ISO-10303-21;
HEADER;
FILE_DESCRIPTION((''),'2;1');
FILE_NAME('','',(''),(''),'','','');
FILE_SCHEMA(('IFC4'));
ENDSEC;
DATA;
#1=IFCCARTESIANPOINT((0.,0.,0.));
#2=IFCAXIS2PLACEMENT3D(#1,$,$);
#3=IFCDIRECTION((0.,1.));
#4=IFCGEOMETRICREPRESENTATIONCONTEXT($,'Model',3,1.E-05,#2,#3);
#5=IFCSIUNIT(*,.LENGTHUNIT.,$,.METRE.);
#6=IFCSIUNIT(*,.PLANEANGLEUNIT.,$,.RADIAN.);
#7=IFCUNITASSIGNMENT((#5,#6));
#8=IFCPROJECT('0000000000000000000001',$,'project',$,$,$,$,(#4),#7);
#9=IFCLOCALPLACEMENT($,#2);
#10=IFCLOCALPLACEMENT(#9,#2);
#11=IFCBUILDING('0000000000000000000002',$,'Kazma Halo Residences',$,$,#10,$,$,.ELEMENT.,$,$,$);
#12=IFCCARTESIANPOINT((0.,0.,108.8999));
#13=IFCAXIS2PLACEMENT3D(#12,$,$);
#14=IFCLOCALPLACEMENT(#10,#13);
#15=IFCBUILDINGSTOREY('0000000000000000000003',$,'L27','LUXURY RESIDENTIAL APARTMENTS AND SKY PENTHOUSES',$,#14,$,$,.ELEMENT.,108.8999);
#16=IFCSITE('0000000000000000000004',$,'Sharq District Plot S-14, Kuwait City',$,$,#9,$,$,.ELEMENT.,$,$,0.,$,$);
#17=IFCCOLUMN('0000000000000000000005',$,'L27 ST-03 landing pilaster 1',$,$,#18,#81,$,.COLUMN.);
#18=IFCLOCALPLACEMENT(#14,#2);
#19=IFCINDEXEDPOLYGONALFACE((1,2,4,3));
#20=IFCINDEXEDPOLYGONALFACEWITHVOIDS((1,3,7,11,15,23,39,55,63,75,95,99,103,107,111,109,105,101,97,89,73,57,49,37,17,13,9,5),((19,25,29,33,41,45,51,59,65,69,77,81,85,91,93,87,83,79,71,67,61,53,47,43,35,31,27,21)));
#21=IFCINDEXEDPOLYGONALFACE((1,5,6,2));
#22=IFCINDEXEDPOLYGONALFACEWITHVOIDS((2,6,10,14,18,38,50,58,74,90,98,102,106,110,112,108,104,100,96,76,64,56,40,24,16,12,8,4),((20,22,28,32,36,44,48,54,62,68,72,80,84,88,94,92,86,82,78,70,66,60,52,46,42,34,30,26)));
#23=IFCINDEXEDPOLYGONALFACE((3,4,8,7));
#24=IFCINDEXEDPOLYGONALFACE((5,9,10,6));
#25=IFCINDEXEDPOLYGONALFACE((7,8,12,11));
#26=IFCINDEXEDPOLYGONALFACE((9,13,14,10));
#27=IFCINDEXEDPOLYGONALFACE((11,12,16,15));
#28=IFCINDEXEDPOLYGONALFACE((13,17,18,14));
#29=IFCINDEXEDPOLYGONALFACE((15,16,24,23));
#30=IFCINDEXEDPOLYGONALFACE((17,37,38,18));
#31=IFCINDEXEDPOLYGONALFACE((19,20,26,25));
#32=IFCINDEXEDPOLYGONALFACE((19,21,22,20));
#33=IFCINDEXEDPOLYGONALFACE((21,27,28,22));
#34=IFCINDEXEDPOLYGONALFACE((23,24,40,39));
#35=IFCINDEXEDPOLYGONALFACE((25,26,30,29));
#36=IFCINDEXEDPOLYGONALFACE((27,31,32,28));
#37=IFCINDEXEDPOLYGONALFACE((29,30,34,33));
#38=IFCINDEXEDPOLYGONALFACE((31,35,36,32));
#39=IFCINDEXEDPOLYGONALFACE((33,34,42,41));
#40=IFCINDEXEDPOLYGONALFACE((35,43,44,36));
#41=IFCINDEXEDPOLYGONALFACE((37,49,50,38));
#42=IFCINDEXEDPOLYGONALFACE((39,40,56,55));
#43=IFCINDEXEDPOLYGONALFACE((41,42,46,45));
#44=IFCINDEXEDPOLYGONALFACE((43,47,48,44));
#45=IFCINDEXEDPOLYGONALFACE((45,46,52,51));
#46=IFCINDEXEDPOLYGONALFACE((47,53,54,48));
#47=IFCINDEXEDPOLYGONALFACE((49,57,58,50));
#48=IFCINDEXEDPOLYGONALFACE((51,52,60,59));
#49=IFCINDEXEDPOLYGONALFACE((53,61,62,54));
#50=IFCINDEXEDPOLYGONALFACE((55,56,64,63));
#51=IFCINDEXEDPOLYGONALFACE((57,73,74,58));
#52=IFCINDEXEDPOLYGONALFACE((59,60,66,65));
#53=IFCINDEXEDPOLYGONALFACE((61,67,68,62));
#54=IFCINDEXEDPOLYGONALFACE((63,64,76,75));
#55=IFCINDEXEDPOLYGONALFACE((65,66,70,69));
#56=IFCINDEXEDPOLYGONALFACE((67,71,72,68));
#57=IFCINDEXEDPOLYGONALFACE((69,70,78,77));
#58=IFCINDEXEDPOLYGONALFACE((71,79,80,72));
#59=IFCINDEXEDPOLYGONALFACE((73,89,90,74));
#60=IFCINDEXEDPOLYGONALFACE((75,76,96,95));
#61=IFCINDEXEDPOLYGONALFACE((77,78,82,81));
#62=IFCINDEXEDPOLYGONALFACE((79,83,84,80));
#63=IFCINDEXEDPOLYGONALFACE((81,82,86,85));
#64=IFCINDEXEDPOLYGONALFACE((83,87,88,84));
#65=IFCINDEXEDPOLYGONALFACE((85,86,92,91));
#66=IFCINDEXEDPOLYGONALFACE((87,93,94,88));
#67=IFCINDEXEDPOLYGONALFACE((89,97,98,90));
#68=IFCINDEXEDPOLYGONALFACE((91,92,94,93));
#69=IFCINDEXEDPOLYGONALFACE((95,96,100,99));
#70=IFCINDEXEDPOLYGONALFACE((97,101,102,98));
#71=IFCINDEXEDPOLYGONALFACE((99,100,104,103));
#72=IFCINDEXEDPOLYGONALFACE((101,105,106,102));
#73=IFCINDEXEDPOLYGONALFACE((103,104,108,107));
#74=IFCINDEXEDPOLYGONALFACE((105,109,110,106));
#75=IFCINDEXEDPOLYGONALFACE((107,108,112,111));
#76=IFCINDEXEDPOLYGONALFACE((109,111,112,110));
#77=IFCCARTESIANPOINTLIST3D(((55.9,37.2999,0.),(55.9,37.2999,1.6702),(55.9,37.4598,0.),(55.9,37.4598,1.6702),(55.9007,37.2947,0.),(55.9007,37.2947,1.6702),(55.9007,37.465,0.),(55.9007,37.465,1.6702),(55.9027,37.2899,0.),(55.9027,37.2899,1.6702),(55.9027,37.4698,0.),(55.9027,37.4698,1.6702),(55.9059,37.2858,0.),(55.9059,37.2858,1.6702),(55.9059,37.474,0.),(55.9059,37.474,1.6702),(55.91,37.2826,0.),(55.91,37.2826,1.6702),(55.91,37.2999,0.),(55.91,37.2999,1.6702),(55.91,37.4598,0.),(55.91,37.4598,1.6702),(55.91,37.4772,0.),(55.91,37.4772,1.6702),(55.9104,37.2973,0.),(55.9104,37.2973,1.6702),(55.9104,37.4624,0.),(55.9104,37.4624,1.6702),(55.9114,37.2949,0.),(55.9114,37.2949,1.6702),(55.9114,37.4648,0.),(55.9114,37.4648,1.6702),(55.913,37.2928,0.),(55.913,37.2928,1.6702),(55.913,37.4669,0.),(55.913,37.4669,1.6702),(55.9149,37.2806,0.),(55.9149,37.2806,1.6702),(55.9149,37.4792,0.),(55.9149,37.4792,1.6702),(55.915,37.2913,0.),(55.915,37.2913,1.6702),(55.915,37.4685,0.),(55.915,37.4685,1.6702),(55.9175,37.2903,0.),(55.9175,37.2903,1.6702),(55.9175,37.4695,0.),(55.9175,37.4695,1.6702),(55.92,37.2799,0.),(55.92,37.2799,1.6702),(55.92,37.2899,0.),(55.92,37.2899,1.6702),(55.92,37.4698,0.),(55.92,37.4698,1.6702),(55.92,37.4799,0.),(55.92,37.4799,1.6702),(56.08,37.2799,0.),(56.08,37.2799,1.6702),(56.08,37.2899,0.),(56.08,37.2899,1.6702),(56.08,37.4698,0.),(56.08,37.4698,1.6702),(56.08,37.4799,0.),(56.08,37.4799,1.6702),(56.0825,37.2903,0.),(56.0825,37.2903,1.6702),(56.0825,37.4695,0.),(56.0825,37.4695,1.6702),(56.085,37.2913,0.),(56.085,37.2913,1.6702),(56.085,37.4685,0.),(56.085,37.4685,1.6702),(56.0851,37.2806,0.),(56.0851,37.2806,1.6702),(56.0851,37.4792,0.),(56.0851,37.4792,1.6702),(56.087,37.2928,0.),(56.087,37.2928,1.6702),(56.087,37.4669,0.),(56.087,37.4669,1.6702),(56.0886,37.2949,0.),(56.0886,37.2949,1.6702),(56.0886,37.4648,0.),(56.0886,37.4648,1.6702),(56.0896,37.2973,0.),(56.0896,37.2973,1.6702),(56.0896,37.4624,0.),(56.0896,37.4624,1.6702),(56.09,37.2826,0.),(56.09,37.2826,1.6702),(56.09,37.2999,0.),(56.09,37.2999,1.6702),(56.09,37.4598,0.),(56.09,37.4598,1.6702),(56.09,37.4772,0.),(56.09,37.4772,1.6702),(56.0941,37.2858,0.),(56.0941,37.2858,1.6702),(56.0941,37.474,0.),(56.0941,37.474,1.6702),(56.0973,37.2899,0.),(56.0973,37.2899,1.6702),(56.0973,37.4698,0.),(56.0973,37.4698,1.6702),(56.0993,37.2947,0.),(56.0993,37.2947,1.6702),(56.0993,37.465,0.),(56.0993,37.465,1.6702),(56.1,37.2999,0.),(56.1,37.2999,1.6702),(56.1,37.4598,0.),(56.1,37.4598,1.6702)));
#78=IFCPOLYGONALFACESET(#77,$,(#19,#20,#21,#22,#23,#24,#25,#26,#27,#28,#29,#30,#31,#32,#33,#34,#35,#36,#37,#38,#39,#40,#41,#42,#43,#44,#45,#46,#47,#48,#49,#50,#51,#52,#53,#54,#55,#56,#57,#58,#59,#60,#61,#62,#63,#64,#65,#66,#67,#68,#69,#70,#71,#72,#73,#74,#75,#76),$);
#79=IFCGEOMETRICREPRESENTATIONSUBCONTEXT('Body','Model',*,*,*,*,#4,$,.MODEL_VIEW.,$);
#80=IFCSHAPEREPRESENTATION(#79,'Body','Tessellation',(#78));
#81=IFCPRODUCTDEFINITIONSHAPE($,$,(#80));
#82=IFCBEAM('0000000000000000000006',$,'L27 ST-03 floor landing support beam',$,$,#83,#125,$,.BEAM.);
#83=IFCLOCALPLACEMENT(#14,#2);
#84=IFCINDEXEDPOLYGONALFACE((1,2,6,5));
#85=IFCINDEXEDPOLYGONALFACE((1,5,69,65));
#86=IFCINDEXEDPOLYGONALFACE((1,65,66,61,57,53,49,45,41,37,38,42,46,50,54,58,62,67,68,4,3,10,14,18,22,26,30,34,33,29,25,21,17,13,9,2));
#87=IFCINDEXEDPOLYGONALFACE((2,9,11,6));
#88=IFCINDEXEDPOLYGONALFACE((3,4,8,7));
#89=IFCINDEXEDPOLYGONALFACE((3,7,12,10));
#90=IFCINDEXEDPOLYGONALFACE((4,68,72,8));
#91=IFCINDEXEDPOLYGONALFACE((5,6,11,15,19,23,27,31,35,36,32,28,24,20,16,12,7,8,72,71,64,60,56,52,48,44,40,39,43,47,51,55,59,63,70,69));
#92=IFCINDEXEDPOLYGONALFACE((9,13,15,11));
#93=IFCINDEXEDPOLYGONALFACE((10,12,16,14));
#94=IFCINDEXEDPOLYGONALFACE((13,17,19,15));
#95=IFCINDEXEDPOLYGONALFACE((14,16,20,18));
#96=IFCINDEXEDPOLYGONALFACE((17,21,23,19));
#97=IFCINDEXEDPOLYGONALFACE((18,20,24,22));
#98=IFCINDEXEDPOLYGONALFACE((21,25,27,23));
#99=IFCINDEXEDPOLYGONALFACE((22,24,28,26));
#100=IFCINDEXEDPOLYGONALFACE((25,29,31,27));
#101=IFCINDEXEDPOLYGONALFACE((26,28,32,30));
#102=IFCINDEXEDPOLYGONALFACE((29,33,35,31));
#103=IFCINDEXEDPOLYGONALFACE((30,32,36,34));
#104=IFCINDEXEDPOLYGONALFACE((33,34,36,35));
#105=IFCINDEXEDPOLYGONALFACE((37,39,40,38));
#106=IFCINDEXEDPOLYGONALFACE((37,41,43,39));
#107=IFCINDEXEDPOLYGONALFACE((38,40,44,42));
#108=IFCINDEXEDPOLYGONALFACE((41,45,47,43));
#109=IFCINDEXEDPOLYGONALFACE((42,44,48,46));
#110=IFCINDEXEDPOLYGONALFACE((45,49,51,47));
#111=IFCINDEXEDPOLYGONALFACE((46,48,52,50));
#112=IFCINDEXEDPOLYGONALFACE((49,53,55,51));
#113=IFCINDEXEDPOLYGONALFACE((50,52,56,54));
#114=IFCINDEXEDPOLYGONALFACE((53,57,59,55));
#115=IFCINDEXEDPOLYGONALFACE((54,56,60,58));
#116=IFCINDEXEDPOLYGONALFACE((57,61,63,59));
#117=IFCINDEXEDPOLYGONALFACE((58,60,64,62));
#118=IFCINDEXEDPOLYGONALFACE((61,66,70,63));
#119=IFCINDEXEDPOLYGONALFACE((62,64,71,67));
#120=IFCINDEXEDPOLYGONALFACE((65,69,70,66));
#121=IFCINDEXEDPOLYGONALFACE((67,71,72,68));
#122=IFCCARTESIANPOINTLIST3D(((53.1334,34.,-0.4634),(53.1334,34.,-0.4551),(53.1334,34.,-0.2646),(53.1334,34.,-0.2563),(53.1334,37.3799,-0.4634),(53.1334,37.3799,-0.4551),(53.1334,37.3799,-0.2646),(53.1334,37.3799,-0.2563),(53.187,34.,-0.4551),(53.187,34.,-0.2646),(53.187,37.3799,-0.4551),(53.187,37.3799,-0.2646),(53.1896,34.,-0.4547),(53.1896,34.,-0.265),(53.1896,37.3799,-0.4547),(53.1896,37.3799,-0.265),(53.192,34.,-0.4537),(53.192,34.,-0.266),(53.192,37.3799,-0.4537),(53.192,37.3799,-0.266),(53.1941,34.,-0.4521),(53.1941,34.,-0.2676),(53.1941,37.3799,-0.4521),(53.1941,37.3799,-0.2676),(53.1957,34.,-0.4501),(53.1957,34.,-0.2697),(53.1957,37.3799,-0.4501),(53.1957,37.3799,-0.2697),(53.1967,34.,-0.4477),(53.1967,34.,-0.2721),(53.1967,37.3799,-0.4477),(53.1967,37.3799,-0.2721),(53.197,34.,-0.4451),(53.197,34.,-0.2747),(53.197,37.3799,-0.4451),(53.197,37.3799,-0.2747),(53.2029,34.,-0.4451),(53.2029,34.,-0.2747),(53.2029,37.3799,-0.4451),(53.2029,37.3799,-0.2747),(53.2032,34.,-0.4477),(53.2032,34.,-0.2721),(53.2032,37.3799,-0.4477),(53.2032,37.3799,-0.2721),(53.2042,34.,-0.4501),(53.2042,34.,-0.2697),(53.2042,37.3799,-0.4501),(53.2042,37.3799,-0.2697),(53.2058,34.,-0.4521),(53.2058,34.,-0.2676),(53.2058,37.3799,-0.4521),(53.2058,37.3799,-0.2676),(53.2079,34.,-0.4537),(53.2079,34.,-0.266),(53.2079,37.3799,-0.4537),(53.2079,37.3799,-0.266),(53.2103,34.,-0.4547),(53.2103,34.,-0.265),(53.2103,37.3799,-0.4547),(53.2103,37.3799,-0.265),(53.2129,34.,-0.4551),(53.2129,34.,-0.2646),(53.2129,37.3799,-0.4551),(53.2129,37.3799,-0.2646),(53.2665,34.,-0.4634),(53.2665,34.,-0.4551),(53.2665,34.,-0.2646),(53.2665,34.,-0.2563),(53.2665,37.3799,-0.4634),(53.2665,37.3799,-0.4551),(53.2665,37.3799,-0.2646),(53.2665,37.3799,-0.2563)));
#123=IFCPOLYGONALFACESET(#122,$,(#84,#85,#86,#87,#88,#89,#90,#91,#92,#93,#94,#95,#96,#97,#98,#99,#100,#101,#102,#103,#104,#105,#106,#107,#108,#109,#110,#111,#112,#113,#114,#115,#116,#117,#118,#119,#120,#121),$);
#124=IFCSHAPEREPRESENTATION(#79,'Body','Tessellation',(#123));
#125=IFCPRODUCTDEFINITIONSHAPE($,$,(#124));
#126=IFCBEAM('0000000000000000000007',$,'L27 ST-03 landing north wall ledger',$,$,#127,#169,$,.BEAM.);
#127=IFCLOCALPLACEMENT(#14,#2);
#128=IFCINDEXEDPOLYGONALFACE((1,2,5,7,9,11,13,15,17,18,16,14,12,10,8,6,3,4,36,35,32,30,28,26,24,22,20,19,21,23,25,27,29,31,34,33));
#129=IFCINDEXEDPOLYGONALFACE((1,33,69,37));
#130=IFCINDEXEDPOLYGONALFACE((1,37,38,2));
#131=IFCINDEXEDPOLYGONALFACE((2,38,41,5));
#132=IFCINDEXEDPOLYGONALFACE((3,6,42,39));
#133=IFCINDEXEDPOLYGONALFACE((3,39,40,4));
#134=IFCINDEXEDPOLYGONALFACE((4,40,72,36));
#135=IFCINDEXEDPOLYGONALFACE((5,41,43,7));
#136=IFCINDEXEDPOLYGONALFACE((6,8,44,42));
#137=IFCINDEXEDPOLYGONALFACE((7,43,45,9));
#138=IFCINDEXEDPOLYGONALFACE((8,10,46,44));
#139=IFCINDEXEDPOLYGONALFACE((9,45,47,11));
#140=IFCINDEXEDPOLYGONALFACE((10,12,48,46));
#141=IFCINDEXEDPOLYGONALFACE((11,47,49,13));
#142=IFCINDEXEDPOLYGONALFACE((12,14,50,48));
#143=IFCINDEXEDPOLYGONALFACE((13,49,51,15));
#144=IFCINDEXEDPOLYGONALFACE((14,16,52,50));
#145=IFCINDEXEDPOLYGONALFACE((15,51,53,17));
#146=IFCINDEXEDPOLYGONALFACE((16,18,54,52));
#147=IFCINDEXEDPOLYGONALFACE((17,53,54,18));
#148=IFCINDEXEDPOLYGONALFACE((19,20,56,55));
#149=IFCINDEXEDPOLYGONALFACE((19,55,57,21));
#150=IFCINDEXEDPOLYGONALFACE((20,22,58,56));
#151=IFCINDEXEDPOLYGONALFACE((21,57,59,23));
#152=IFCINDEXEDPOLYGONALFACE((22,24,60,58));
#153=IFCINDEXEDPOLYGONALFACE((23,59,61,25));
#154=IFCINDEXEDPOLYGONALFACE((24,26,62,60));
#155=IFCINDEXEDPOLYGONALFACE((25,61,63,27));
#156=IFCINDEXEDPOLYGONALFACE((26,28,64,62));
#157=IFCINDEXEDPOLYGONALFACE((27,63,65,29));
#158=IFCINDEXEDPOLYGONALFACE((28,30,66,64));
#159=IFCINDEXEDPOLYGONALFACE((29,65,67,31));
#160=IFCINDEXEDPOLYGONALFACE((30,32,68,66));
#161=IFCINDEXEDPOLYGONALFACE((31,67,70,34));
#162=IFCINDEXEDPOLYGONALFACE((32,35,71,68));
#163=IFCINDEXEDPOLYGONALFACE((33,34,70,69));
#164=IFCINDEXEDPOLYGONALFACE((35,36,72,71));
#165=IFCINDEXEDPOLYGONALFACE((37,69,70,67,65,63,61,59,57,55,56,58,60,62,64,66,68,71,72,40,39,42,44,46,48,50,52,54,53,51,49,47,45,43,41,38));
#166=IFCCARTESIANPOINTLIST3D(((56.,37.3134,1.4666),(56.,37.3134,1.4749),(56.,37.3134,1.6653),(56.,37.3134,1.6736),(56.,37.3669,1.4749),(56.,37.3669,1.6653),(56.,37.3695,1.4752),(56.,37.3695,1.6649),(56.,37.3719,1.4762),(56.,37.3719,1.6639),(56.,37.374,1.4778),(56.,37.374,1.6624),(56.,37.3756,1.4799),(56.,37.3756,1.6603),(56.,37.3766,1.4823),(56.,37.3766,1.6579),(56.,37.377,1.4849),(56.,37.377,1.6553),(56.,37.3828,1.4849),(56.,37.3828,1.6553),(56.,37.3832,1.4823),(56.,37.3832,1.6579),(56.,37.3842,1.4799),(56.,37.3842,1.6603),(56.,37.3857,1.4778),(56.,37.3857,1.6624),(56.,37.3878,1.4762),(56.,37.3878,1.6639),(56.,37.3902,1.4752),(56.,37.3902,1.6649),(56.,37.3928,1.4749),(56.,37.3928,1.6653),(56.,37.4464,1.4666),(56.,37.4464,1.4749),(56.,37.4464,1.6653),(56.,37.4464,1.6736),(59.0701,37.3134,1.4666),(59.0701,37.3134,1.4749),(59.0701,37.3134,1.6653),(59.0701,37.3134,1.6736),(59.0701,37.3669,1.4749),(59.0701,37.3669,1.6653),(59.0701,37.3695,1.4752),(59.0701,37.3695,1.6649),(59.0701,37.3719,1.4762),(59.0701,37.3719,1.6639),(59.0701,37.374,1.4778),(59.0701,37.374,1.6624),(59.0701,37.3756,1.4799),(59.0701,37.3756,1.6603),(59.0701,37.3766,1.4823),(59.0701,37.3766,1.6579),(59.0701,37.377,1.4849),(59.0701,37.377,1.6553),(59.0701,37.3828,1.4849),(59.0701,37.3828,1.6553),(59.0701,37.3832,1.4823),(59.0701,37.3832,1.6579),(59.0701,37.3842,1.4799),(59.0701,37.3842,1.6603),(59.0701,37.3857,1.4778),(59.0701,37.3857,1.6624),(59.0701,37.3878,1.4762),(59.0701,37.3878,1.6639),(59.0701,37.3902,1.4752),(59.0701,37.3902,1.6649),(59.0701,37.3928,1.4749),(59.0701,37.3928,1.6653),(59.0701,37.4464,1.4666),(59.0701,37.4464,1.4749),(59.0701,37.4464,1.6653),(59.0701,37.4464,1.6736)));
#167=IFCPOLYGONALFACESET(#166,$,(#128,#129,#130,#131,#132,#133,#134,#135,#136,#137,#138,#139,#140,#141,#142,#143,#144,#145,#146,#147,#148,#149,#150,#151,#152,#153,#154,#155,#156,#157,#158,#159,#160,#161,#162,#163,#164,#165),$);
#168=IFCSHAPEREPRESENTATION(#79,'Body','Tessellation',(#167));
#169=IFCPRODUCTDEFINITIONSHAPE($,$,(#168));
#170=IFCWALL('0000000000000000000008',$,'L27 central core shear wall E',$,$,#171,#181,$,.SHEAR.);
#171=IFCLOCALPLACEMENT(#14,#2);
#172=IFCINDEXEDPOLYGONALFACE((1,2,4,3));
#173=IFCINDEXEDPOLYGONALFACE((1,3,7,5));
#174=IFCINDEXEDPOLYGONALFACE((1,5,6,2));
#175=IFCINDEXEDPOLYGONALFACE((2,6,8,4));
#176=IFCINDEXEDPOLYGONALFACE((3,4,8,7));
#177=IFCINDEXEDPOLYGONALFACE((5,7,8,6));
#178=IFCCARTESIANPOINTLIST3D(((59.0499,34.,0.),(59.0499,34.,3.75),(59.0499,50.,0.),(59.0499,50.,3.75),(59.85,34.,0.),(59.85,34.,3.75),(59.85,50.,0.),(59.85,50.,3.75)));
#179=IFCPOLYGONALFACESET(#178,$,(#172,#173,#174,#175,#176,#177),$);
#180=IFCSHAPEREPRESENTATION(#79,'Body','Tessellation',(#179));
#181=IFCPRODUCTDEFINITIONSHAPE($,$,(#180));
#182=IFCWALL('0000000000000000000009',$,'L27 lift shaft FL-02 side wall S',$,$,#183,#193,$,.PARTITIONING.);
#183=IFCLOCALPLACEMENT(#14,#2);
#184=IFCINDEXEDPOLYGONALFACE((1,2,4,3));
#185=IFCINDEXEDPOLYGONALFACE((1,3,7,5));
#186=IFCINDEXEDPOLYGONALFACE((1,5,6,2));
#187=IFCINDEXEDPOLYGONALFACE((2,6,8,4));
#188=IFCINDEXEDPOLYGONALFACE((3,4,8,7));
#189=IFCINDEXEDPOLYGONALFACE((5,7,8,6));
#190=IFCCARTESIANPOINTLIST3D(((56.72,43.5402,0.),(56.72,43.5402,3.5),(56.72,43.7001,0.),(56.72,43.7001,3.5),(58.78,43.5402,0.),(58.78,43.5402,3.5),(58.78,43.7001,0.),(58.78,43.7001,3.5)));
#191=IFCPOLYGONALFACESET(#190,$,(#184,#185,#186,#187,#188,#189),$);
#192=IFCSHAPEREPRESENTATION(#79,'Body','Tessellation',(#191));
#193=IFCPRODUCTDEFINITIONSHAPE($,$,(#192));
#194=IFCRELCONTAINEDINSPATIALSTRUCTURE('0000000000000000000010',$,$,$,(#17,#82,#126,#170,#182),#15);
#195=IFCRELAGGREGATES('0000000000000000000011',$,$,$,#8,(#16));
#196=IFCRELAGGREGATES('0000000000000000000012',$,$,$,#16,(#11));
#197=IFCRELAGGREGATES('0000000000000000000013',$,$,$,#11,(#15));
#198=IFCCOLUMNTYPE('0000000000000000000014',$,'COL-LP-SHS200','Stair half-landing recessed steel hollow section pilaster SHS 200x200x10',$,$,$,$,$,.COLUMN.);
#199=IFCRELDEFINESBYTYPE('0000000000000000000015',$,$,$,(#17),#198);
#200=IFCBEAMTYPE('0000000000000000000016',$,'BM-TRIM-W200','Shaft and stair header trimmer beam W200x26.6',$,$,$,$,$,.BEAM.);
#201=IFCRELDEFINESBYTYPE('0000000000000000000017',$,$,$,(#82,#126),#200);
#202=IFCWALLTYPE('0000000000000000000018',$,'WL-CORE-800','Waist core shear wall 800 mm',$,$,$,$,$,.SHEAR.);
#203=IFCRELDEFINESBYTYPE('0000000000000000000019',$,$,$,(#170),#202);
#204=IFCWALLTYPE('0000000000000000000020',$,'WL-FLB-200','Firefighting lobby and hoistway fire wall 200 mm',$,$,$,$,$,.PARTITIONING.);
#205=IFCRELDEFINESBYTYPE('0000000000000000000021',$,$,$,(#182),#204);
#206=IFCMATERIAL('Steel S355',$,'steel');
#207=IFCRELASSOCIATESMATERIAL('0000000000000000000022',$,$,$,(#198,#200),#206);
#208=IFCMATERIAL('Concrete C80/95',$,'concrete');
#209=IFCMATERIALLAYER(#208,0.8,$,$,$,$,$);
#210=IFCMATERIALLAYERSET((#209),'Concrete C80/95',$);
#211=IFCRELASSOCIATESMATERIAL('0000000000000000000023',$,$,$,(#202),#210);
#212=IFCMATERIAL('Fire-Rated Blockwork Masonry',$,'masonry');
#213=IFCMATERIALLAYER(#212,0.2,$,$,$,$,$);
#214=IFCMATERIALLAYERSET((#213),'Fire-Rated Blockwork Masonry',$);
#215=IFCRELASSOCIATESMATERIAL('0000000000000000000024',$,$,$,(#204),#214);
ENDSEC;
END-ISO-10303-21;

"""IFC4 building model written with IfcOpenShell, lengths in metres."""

from ifc_helpers import new_model, si_unit, direction, frame, frame_2d, origin, origin_2d, place, context, subcontext, project, spatial, rectangle, hollow_rectangle, i_section, extrude, material, layer, layer_set, material_profile, profile_set, type_object, element, save


model = new_model("IFC4")

# Units and contexts
model_context = context("Model", 3, precision=1e-05, world=origin(), true_north=direction((0.0, 1.0)))
body_context = subcontext(model_context, "Body", "Model", "MODEL_VIEW")
ifc_project = project(units=[si_unit("LENGTHUNIT", "METRE"), si_unit("PLANEANGLEUNIT", "RADIAN")], contexts=[model_context])

# Site, building, storey
site_placement = place(None, origin())
site = spatial("IfcSite", under=ifc_project, at=site_placement, Name="Sharq District Plot S-14, Kuwait City", CompositionType="ELEMENT", RefElevation=0.0)
building_placement = place(site_placement, origin())
building = spatial("IfcBuilding", under=site, at=building_placement, Name="Kazma Halo Residences", CompositionType="ELEMENT")
storey_placement = place(building_placement, frame((0.0, 0.0, 108.8999)))
storey = spatial("IfcBuildingStorey", under=building, at=storey_placement, Name="L27", Description="LUXURY RESIDENTIAL APARTMENTS AND SKY PENTHOUSES", CompositionType="ELEMENT", Elevation=108.8999)

# Column
ifc_material_1 = material(Name="Steel S355", Category="steel")
ifc_material_profile_1 = material_profile(ifc_material_1, hollow_rectangle(XDim=0.2, YDim=0.2, WallThickness=0.01, InnerFilletRadius=0.01, OuterFilletRadius=0.02, at=origin_2d()), Name="SHS200x200x10")
ifc_profile_set_1 = profile_set([ifc_material_profile_1], Name="Steel S355")
column_type = type_object("IfcColumnType", Name="COL-LP-SHS200", Description="Stair half-landing recessed steel hollow section pilaster SHS 200x200x10", PredefinedType="COLUMN", material=ifc_profile_set_1)
column_placement = place(storey_placement, frame((56.0, 37.3799, 0.0), z_axis=(0.0, 0.0, 1.0), x_axis=(1.0, 0.0, 0.0)))
element("IfcColumn", 1, at=column_placement, inside=storey, type_object=column_type, Name="L27 ST-03 landing pilaster 1", PredefinedType="COLUMN", context=body_context, shape_type="SweptSolid", body=[
    extrude(hollow_rectangle(XDim=0.2, YDim=0.2, WallThickness=0.01, InnerFilletRadius=0.01, OuterFilletRadius=0.02, at=origin_2d()), origin(), (0.0, 0.0, 1.0), 1.6702),
])

# Beams
ifc_material_profile_2 = material_profile(ifc_material_1, i_section(OverallWidth=0.1331, OverallDepth=0.207, WebThickness=0.0059, FlangeThickness=0.0083, FilletRadius=0.01, at=origin_2d()), Name="W200x26.6")
ifc_profile_set_2 = profile_set([ifc_material_profile_2], Name="Steel S355")
beam_type = type_object("IfcBeamType", Name="BM-TRIM-W200", Description="Shaft and stair header trimmer beam W200x26.6", PredefinedType="BEAM", material=ifc_profile_set_2)
beam_1_placement = place(storey_placement, frame((53.2, 34.0, -0.3599), z_axis=(0.0, 1.0, 0.0), x_axis=(-1.0, 0.0, 0.0)))
element("IfcBeam", 2, at=beam_1_placement, inside=storey, type_object=beam_type, Name="L27 ST-03 floor landing support beam", PredefinedType="BEAM", context=body_context, shape_type="SweptSolid", body=[
    extrude(i_section(OverallWidth=0.1331, OverallDepth=0.207, WebThickness=0.0059, FlangeThickness=0.0083, FilletRadius=0.01, at=origin_2d()), origin(), (0.0, 0.0, 1.0), 3.3799),
])
beam_2_placement = place(storey_placement, frame((56.0, 37.3799, 1.5701), z_axis=(1.0, 0.0, 0.0), x_axis=(0.0, 1.0, 0.0)))
element("IfcBeam", 3, at=beam_2_placement, inside=storey, type_object=beam_type, Name="L27 ST-03 landing north wall ledger", PredefinedType="BEAM", context=body_context, shape_type="SweptSolid", body=[
    extrude(i_section(OverallWidth=0.1331, OverallDepth=0.207, WebThickness=0.0059, FlangeThickness=0.0083, FilletRadius=0.01, at=origin_2d()), origin(), (0.0, 0.0, 1.0), 3.0701),
])

# Walls
ifc_material_2 = material(Name="Concrete C80/95", Category="concrete")
ifc_layer_1 = layer(ifc_material_2, 0.8)
ifc_layer_set_1 = layer_set([ifc_layer_1], Name="Concrete C80/95")
wall_type_1 = type_object("IfcWallType", Name="WL-CORE-800", Description="Waist core shear wall 800 mm", PredefinedType="SHEAR", material=ifc_layer_set_1)
wall_1_placement = place(storey_placement, frame((59.45, 34.0, 0.0), z_axis=(0.0, 0.0, 1.0), x_axis=(0.0, 1.0, 0.0)))
element("IfcWall", 4, at=wall_1_placement, inside=storey, type_object=wall_type_1, Name="L27 central core shear wall E", PredefinedType="SHEAR", context=body_context, shape_type="SweptSolid", body=[
    extrude(rectangle(XDim=16.0, YDim=0.8, at=frame_2d((8.0, 0.0))), origin(), (0.0, 0.0, 1.0), 3.75),
])
ifc_material_3 = material(Name="Fire-Rated Blockwork Masonry", Category="masonry")
ifc_layer_2 = layer(ifc_material_3, 0.2)
ifc_layer_set_2 = layer_set([ifc_layer_2], Name="Fire-Rated Blockwork Masonry")
wall_type_2 = type_object("IfcWallType", Name="WL-FLB-200", Description="Firefighting lobby and hoistway fire wall 200 mm", PredefinedType="PARTITIONING", material=ifc_layer_set_2)
wall_2_placement = place(storey_placement, frame((56.72, 43.6201, 0.0), z_axis=(0.0, 0.0, 1.0), x_axis=(1.0, 0.0, 0.0)))
element("IfcWall", 5, at=wall_2_placement, inside=storey, type_object=wall_type_2, Name="L27 lift shaft FL-02 side wall S", PredefinedType="PARTITIONING", context=body_context, shape_type="SweptSolid", body=[
    extrude(rectangle(XDim=2.0601, YDim=0.1599, at=frame_2d((1.03, 0.0))), origin(), (0.0, 0.0, 1.0), 3.5),
])

save(model, "model.ifc")
